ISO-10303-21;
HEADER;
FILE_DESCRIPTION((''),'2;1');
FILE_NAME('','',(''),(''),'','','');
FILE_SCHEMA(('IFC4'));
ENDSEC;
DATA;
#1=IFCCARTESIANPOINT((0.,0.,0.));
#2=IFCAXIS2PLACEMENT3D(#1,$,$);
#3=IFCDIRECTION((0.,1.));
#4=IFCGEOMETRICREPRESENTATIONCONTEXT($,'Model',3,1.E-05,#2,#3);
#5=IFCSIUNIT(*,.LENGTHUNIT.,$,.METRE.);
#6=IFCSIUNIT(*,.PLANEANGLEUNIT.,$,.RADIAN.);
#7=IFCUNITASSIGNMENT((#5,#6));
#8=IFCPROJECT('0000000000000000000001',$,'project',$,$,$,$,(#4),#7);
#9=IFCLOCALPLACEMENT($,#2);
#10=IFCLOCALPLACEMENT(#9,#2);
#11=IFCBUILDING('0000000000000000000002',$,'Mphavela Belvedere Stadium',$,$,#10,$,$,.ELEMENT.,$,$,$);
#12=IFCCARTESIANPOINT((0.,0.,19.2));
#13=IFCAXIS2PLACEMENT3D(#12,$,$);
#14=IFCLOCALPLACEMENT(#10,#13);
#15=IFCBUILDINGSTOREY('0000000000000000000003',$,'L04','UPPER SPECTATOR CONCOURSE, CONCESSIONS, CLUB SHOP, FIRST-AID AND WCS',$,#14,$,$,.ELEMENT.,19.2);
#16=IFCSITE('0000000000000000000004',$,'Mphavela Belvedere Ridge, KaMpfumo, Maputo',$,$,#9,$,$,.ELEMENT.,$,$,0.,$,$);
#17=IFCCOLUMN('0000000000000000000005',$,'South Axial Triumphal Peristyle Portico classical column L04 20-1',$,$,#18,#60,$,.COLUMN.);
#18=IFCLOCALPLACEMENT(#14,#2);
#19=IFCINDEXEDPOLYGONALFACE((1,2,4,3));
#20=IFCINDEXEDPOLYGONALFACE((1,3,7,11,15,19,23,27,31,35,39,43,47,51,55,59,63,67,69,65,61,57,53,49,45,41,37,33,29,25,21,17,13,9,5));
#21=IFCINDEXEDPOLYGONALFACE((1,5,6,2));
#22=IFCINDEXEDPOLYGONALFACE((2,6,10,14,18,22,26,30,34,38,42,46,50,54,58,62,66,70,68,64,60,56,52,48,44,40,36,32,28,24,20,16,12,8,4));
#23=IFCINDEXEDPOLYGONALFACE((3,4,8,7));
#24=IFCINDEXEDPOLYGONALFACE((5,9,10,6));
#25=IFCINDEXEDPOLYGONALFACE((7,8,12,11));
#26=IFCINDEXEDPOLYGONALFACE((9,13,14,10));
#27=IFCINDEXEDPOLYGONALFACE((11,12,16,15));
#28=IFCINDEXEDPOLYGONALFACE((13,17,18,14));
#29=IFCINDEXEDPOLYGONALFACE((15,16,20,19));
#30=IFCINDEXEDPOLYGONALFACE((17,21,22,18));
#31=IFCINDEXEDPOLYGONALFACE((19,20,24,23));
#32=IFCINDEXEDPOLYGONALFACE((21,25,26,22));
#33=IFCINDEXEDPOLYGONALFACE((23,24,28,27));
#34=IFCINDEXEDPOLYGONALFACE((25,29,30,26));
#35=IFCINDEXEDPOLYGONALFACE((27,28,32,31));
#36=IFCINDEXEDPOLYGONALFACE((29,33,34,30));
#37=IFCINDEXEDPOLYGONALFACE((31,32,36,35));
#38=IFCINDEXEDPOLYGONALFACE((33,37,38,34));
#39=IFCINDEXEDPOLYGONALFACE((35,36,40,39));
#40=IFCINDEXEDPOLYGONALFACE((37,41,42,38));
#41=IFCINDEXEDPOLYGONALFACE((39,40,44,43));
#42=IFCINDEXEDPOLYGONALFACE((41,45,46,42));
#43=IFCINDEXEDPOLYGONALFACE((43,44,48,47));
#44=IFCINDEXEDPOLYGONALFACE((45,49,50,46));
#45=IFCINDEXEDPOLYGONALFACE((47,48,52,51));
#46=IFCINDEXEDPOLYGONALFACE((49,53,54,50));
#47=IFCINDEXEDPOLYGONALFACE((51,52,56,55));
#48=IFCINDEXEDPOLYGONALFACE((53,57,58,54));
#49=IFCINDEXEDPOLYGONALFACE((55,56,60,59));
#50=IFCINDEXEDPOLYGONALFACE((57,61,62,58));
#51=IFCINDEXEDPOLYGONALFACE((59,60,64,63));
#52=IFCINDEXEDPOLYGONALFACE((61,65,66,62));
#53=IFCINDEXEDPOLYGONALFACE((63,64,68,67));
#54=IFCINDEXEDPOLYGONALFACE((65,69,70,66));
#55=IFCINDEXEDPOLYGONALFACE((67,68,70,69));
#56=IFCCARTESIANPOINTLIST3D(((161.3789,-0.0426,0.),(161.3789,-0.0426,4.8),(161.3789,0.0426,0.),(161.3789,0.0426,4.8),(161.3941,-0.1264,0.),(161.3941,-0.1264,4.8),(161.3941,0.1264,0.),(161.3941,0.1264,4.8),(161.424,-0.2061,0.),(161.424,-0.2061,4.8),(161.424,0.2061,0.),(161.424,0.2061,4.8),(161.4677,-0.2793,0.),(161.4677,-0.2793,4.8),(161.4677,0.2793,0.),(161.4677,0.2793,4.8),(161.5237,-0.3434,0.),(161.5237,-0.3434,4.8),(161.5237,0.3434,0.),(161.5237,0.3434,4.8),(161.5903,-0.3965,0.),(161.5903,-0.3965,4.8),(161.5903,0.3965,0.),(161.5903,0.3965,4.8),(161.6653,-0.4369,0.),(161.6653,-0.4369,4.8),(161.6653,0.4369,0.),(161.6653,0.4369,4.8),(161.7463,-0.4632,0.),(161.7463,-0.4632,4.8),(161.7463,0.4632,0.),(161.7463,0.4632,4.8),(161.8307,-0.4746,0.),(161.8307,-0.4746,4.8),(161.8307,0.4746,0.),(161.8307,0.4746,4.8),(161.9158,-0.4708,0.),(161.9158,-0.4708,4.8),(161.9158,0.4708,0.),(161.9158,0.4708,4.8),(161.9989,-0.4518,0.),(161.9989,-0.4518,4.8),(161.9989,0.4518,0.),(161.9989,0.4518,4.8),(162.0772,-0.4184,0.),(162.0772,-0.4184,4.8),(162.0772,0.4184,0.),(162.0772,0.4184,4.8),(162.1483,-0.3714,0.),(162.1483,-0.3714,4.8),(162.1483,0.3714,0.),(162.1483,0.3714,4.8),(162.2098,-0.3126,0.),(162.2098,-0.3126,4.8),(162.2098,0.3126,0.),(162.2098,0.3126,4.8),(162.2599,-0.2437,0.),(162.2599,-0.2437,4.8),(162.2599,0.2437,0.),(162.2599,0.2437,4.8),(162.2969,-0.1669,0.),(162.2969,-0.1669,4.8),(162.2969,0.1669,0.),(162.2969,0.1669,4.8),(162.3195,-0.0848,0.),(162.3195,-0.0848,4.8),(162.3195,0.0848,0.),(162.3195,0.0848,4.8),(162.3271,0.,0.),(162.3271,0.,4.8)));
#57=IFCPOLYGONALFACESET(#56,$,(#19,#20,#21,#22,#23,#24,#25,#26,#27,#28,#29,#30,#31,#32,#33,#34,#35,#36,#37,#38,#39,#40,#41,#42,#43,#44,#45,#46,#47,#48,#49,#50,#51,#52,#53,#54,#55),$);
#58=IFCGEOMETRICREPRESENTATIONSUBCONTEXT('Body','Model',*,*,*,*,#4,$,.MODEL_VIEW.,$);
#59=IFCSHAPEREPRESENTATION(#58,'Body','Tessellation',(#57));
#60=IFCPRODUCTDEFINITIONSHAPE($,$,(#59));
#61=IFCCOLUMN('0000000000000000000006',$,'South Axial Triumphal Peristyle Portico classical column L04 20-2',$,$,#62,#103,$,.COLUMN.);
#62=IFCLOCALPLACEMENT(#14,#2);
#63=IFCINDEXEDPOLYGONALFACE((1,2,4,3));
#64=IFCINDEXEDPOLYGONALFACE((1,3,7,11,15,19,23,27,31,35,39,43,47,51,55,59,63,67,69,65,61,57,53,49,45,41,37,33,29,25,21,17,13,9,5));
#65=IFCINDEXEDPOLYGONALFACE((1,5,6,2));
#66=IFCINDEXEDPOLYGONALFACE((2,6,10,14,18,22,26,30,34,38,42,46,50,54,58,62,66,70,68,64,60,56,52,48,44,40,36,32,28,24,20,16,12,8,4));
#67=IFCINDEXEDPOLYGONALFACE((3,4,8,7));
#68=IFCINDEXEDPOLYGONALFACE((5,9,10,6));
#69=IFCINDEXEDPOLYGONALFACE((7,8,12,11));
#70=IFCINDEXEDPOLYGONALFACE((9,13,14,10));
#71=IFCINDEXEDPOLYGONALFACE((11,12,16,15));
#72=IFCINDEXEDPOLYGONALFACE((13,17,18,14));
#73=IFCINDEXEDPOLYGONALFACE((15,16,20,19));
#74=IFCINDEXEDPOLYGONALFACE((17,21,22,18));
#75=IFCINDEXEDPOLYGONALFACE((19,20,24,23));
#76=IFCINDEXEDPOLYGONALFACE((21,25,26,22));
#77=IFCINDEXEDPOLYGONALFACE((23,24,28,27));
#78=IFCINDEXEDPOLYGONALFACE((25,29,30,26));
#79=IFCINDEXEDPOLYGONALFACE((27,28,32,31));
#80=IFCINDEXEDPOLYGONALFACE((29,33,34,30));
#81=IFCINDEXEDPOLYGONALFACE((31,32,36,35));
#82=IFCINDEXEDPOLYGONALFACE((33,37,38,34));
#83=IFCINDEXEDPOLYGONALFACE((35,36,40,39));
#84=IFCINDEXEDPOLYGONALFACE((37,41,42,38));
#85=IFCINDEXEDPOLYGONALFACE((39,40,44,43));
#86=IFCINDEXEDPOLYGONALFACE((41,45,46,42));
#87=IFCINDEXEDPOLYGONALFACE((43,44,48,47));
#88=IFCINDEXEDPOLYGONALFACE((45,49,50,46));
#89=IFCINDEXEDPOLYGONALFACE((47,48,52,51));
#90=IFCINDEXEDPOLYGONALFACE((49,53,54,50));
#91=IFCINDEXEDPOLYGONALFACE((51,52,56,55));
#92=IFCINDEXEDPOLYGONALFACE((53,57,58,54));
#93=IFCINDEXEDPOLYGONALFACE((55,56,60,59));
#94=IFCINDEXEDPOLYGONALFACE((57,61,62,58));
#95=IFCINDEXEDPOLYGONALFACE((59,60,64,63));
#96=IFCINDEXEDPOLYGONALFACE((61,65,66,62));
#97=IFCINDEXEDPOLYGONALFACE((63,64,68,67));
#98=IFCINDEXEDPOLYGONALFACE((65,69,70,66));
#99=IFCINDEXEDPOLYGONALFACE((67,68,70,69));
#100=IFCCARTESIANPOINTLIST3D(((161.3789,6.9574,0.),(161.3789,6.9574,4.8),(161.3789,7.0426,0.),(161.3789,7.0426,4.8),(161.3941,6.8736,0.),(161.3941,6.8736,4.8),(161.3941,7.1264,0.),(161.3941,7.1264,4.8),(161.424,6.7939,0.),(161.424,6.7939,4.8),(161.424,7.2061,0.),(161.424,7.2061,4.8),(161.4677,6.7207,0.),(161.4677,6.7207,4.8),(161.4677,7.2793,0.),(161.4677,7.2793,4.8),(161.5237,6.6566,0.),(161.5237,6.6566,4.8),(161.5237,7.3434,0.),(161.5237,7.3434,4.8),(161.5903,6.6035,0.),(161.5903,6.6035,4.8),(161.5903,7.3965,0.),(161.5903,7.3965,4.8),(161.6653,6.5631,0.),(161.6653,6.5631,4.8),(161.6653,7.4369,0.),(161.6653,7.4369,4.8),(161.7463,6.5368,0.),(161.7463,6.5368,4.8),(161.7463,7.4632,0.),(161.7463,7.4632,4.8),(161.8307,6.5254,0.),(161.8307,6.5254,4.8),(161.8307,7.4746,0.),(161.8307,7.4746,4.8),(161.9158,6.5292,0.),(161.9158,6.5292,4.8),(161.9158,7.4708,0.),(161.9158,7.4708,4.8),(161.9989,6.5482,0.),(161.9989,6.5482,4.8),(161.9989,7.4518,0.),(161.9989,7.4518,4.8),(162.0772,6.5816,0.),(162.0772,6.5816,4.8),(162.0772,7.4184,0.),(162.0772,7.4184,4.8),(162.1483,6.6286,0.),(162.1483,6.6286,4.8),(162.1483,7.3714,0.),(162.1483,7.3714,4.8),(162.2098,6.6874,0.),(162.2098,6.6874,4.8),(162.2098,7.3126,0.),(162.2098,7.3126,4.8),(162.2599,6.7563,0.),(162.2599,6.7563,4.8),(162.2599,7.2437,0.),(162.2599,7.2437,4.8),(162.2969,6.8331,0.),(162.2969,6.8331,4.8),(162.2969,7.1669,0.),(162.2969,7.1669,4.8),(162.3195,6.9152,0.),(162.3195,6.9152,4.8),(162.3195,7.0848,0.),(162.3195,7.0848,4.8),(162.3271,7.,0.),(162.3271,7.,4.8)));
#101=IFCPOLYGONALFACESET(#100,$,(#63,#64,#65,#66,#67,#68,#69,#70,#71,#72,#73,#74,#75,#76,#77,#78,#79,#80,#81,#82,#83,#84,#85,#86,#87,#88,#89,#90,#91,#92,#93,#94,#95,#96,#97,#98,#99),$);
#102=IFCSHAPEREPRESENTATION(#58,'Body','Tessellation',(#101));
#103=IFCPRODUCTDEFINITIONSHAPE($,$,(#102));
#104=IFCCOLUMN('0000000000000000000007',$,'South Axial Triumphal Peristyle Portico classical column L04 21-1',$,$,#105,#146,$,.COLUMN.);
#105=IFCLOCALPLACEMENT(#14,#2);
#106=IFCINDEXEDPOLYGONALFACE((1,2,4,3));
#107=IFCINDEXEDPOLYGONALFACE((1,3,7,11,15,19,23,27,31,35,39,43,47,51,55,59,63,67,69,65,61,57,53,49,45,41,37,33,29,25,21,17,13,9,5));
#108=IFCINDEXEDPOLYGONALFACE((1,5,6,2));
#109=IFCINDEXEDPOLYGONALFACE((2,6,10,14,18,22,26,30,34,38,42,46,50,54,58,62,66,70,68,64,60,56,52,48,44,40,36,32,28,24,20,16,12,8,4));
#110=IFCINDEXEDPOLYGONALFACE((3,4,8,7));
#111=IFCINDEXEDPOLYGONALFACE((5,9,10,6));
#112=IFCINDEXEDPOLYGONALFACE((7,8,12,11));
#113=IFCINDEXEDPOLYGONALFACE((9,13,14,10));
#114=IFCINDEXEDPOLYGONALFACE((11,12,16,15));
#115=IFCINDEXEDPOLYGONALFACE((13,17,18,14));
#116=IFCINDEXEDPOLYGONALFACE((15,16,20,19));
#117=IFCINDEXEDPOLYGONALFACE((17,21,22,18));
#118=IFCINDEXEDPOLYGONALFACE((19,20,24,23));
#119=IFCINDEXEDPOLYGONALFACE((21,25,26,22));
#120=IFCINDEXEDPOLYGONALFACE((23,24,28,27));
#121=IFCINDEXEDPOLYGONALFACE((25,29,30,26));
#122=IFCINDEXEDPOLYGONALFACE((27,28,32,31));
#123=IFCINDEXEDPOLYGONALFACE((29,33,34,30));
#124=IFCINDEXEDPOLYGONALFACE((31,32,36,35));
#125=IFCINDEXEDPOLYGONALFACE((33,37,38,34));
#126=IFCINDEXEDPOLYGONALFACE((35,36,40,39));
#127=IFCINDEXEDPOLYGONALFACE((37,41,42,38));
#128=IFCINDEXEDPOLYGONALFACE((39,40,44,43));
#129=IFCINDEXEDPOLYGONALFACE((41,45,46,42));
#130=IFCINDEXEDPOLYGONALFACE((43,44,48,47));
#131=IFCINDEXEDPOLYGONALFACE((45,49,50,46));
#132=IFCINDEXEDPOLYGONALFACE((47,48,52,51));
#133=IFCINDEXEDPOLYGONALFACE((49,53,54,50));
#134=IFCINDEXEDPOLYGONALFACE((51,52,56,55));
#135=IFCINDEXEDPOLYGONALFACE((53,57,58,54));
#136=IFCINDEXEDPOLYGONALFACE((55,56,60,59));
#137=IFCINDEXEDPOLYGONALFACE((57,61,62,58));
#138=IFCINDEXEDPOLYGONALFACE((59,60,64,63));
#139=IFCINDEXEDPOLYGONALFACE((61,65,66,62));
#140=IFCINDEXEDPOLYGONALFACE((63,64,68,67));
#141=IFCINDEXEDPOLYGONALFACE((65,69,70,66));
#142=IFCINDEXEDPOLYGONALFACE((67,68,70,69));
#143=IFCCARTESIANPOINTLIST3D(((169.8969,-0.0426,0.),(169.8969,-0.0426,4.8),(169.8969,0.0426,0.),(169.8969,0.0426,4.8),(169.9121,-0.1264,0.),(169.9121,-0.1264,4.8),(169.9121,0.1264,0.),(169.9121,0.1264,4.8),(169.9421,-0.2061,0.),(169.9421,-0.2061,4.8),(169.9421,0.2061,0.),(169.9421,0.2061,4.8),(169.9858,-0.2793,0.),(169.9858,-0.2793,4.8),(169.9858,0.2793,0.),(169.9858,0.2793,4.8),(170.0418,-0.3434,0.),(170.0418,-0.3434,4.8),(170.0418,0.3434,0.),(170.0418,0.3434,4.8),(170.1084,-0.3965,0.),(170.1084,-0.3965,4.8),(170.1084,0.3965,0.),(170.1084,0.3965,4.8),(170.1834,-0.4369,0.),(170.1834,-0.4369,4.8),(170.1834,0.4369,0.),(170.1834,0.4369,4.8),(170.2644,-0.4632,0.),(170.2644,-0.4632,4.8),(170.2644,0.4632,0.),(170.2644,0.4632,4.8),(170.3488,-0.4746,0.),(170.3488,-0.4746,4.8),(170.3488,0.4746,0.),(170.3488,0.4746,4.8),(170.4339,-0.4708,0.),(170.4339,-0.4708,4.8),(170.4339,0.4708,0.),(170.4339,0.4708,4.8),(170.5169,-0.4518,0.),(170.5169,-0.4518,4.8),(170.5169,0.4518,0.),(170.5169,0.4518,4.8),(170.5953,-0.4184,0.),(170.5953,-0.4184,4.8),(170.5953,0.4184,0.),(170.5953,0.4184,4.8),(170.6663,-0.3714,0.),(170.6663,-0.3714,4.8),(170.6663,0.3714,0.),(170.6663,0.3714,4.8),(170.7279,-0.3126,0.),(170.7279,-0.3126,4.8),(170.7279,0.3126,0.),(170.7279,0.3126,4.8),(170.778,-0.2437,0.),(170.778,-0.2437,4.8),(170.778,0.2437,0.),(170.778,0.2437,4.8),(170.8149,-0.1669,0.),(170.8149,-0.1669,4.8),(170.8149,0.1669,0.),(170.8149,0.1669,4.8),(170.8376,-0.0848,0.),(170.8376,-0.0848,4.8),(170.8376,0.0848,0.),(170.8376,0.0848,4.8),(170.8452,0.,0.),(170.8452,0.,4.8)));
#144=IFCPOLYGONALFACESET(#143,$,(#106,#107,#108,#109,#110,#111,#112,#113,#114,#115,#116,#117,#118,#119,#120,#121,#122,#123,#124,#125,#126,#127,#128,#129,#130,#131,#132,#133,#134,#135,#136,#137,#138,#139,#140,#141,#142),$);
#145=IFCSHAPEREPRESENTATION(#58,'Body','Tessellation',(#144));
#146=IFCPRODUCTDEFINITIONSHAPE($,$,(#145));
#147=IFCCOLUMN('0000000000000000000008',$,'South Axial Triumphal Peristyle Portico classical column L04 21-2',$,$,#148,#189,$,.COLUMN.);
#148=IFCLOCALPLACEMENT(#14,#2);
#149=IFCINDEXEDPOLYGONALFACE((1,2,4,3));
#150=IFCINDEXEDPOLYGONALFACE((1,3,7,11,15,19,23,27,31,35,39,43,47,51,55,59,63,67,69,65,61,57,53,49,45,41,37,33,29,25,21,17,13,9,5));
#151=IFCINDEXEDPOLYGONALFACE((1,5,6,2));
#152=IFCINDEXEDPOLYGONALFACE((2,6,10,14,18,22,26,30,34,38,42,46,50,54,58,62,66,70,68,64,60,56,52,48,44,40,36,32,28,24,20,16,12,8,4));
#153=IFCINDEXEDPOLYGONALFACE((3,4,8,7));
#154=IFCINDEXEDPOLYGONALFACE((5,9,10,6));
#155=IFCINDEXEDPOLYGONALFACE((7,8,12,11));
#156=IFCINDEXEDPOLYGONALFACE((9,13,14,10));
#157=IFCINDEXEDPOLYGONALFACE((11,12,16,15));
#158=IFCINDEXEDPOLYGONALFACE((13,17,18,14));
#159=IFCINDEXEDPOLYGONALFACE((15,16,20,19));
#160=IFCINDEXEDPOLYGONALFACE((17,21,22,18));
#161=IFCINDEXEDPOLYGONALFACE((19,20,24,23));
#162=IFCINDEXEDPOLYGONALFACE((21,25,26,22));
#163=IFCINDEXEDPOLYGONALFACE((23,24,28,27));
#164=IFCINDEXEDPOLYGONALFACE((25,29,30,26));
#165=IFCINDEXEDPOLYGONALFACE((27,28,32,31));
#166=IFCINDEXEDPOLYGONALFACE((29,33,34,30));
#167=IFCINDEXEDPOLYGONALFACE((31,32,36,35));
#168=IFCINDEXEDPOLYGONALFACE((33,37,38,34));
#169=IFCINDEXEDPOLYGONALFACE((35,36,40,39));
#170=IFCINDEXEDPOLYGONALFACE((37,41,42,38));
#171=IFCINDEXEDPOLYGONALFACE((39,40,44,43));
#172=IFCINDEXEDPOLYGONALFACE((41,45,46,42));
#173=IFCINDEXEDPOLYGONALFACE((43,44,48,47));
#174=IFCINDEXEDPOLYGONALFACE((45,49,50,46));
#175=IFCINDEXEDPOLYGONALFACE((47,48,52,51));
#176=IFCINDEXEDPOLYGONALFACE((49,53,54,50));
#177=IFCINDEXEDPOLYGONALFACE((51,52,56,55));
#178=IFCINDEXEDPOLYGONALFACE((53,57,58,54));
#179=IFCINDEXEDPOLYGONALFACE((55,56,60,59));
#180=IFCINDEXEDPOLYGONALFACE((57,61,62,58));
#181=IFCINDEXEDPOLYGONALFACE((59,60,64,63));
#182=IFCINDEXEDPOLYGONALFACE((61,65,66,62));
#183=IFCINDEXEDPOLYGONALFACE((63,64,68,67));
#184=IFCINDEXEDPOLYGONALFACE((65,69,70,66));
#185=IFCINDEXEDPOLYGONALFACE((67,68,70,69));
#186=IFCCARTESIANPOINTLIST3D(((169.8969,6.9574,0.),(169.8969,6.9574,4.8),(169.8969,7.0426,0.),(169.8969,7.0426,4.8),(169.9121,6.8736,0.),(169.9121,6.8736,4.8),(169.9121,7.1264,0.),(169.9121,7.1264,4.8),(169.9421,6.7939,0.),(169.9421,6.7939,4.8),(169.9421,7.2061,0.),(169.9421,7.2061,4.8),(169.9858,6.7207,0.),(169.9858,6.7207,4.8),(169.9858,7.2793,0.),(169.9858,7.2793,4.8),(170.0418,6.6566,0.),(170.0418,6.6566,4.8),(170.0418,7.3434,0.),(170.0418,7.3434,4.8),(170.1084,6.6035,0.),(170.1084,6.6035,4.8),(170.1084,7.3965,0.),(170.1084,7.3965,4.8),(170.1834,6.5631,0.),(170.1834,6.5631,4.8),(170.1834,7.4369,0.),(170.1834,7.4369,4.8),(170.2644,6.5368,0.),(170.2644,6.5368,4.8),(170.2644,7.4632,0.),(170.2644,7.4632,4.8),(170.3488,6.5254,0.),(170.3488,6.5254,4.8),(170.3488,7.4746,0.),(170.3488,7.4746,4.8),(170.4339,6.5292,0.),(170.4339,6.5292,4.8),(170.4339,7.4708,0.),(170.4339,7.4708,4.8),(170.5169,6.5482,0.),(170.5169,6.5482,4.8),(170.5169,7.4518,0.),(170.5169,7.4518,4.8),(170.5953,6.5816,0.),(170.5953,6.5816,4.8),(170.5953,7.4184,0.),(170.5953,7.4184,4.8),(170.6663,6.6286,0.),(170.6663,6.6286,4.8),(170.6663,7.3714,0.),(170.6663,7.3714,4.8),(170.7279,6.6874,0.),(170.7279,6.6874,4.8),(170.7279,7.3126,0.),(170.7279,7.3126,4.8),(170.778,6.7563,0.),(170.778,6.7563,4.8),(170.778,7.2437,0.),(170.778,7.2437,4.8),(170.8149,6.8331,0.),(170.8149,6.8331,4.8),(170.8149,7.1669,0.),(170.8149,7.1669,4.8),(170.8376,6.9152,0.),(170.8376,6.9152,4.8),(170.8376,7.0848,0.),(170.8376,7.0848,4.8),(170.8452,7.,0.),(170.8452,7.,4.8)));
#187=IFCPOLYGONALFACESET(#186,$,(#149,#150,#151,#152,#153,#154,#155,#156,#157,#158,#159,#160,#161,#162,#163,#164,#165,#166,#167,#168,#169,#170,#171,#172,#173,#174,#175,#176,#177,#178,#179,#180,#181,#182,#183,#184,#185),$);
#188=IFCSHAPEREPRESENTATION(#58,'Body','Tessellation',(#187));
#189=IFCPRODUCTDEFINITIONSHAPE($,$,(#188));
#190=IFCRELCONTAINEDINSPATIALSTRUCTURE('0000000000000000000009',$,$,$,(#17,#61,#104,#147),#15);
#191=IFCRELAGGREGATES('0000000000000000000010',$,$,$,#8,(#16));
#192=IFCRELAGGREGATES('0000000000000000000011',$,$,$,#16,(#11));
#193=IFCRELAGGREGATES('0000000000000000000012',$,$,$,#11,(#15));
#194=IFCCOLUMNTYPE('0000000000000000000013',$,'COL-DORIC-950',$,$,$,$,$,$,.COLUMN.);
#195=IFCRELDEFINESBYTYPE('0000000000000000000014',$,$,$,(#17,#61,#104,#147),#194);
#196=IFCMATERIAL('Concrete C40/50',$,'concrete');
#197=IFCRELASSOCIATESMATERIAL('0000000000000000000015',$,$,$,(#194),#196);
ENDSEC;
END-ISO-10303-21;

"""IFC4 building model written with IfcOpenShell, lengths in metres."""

from ifc_helpers import new_model, si_unit, direction, frame, origin, origin_2d, place, context, subcontext, project, spatial, circle, extrude, material, material_profile, profile_set, type_object, element, save


model = new_model("IFC4")

# Units and contexts
model_context = context("Model", 3, precision=1e-05, world=origin(), true_north=direction((0.0, 1.0)))
body_context = subcontext(model_context, "Body", "Model", "MODEL_VIEW")
ifc_project = project(units=[si_unit("LENGTHUNIT", "METRE"), si_unit("PLANEANGLEUNIT", "RADIAN")], contexts=[model_context])

# Site, building, storey
site_placement = place(None, origin())
site = spatial("IfcSite", under=ifc_project, at=site_placement, Name="Mphavela Belvedere Ridge, KaMpfumo, Maputo", CompositionType="ELEMENT", RefElevation=0.0)
building_placement = place(site_placement, origin())
building = spatial("IfcBuilding", under=site, at=building_placement, Name="Mphavela Belvedere Stadium", CompositionType="ELEMENT")
storey_placement = place(building_placement, frame((0.0, 0.0, 19.2)))
storey = spatial("IfcBuildingStorey", under=building, at=storey_placement, Name="L04", Description="UPPER SPECTATOR CONCOURSE, CONCESSIONS, CLUB SHOP, FIRST-AID AND WCS", CompositionType="ELEMENT", Elevation=19.2)

# Columns
ifc_material_1 = material(Name="Concrete C40/50", Category="concrete")
ifc_material_profile_1 = material_profile(ifc_material_1, circle(Radius=0.4751, at=origin_2d()), Name="COL D950")
ifc_profile_set_1 = profile_set([ifc_material_profile_1], Name="Concrete C40/50")
column_type = type_object("IfcColumnType", Name="COL-DORIC-950", PredefinedType="COLUMN", material=ifc_profile_set_1)
for number, where, z_axis, x_axis, name in (
    (1, (161.8521, 0.0, 0.0), (0.0, 0.0, 1.0), (1.0, 0.0, 0.0), "South Axial Triumphal Peristyle Portico classical column L04 20-1"),
    (2, (161.8521, 7.0, 0.0), (0.0, 0.0, 1.0), (1.0, 0.0, 0.0), "South Axial Triumphal Peristyle Portico classical column L04 20-2"),
    (3, (170.3701, 0.0, 0.0), (0.0, 0.0, 1.0), (1.0, 0.0, 0.0), "South Axial Triumphal Peristyle Portico classical column L04 21-1"),
    (4, (170.3701, 7.0, 0.0), (0.0, 0.0, 1.0), (1.0, 0.0, 0.0), "South Axial Triumphal Peristyle Portico classical column L04 21-2"),
):
    element("IfcColumn", number, at=place(storey_placement, frame(where, z_axis=z_axis, x_axis=x_axis)), inside=storey, type_object=column_type, Name=name, PredefinedType="COLUMN", context=body_context, shape_type="SweptSolid", body=[
        extrude(circle(Radius=0.4751, at=origin_2d()), origin(), (0.0, 0.0, 1.0), 4.8),
    ])

save(model, "model.ifc")
